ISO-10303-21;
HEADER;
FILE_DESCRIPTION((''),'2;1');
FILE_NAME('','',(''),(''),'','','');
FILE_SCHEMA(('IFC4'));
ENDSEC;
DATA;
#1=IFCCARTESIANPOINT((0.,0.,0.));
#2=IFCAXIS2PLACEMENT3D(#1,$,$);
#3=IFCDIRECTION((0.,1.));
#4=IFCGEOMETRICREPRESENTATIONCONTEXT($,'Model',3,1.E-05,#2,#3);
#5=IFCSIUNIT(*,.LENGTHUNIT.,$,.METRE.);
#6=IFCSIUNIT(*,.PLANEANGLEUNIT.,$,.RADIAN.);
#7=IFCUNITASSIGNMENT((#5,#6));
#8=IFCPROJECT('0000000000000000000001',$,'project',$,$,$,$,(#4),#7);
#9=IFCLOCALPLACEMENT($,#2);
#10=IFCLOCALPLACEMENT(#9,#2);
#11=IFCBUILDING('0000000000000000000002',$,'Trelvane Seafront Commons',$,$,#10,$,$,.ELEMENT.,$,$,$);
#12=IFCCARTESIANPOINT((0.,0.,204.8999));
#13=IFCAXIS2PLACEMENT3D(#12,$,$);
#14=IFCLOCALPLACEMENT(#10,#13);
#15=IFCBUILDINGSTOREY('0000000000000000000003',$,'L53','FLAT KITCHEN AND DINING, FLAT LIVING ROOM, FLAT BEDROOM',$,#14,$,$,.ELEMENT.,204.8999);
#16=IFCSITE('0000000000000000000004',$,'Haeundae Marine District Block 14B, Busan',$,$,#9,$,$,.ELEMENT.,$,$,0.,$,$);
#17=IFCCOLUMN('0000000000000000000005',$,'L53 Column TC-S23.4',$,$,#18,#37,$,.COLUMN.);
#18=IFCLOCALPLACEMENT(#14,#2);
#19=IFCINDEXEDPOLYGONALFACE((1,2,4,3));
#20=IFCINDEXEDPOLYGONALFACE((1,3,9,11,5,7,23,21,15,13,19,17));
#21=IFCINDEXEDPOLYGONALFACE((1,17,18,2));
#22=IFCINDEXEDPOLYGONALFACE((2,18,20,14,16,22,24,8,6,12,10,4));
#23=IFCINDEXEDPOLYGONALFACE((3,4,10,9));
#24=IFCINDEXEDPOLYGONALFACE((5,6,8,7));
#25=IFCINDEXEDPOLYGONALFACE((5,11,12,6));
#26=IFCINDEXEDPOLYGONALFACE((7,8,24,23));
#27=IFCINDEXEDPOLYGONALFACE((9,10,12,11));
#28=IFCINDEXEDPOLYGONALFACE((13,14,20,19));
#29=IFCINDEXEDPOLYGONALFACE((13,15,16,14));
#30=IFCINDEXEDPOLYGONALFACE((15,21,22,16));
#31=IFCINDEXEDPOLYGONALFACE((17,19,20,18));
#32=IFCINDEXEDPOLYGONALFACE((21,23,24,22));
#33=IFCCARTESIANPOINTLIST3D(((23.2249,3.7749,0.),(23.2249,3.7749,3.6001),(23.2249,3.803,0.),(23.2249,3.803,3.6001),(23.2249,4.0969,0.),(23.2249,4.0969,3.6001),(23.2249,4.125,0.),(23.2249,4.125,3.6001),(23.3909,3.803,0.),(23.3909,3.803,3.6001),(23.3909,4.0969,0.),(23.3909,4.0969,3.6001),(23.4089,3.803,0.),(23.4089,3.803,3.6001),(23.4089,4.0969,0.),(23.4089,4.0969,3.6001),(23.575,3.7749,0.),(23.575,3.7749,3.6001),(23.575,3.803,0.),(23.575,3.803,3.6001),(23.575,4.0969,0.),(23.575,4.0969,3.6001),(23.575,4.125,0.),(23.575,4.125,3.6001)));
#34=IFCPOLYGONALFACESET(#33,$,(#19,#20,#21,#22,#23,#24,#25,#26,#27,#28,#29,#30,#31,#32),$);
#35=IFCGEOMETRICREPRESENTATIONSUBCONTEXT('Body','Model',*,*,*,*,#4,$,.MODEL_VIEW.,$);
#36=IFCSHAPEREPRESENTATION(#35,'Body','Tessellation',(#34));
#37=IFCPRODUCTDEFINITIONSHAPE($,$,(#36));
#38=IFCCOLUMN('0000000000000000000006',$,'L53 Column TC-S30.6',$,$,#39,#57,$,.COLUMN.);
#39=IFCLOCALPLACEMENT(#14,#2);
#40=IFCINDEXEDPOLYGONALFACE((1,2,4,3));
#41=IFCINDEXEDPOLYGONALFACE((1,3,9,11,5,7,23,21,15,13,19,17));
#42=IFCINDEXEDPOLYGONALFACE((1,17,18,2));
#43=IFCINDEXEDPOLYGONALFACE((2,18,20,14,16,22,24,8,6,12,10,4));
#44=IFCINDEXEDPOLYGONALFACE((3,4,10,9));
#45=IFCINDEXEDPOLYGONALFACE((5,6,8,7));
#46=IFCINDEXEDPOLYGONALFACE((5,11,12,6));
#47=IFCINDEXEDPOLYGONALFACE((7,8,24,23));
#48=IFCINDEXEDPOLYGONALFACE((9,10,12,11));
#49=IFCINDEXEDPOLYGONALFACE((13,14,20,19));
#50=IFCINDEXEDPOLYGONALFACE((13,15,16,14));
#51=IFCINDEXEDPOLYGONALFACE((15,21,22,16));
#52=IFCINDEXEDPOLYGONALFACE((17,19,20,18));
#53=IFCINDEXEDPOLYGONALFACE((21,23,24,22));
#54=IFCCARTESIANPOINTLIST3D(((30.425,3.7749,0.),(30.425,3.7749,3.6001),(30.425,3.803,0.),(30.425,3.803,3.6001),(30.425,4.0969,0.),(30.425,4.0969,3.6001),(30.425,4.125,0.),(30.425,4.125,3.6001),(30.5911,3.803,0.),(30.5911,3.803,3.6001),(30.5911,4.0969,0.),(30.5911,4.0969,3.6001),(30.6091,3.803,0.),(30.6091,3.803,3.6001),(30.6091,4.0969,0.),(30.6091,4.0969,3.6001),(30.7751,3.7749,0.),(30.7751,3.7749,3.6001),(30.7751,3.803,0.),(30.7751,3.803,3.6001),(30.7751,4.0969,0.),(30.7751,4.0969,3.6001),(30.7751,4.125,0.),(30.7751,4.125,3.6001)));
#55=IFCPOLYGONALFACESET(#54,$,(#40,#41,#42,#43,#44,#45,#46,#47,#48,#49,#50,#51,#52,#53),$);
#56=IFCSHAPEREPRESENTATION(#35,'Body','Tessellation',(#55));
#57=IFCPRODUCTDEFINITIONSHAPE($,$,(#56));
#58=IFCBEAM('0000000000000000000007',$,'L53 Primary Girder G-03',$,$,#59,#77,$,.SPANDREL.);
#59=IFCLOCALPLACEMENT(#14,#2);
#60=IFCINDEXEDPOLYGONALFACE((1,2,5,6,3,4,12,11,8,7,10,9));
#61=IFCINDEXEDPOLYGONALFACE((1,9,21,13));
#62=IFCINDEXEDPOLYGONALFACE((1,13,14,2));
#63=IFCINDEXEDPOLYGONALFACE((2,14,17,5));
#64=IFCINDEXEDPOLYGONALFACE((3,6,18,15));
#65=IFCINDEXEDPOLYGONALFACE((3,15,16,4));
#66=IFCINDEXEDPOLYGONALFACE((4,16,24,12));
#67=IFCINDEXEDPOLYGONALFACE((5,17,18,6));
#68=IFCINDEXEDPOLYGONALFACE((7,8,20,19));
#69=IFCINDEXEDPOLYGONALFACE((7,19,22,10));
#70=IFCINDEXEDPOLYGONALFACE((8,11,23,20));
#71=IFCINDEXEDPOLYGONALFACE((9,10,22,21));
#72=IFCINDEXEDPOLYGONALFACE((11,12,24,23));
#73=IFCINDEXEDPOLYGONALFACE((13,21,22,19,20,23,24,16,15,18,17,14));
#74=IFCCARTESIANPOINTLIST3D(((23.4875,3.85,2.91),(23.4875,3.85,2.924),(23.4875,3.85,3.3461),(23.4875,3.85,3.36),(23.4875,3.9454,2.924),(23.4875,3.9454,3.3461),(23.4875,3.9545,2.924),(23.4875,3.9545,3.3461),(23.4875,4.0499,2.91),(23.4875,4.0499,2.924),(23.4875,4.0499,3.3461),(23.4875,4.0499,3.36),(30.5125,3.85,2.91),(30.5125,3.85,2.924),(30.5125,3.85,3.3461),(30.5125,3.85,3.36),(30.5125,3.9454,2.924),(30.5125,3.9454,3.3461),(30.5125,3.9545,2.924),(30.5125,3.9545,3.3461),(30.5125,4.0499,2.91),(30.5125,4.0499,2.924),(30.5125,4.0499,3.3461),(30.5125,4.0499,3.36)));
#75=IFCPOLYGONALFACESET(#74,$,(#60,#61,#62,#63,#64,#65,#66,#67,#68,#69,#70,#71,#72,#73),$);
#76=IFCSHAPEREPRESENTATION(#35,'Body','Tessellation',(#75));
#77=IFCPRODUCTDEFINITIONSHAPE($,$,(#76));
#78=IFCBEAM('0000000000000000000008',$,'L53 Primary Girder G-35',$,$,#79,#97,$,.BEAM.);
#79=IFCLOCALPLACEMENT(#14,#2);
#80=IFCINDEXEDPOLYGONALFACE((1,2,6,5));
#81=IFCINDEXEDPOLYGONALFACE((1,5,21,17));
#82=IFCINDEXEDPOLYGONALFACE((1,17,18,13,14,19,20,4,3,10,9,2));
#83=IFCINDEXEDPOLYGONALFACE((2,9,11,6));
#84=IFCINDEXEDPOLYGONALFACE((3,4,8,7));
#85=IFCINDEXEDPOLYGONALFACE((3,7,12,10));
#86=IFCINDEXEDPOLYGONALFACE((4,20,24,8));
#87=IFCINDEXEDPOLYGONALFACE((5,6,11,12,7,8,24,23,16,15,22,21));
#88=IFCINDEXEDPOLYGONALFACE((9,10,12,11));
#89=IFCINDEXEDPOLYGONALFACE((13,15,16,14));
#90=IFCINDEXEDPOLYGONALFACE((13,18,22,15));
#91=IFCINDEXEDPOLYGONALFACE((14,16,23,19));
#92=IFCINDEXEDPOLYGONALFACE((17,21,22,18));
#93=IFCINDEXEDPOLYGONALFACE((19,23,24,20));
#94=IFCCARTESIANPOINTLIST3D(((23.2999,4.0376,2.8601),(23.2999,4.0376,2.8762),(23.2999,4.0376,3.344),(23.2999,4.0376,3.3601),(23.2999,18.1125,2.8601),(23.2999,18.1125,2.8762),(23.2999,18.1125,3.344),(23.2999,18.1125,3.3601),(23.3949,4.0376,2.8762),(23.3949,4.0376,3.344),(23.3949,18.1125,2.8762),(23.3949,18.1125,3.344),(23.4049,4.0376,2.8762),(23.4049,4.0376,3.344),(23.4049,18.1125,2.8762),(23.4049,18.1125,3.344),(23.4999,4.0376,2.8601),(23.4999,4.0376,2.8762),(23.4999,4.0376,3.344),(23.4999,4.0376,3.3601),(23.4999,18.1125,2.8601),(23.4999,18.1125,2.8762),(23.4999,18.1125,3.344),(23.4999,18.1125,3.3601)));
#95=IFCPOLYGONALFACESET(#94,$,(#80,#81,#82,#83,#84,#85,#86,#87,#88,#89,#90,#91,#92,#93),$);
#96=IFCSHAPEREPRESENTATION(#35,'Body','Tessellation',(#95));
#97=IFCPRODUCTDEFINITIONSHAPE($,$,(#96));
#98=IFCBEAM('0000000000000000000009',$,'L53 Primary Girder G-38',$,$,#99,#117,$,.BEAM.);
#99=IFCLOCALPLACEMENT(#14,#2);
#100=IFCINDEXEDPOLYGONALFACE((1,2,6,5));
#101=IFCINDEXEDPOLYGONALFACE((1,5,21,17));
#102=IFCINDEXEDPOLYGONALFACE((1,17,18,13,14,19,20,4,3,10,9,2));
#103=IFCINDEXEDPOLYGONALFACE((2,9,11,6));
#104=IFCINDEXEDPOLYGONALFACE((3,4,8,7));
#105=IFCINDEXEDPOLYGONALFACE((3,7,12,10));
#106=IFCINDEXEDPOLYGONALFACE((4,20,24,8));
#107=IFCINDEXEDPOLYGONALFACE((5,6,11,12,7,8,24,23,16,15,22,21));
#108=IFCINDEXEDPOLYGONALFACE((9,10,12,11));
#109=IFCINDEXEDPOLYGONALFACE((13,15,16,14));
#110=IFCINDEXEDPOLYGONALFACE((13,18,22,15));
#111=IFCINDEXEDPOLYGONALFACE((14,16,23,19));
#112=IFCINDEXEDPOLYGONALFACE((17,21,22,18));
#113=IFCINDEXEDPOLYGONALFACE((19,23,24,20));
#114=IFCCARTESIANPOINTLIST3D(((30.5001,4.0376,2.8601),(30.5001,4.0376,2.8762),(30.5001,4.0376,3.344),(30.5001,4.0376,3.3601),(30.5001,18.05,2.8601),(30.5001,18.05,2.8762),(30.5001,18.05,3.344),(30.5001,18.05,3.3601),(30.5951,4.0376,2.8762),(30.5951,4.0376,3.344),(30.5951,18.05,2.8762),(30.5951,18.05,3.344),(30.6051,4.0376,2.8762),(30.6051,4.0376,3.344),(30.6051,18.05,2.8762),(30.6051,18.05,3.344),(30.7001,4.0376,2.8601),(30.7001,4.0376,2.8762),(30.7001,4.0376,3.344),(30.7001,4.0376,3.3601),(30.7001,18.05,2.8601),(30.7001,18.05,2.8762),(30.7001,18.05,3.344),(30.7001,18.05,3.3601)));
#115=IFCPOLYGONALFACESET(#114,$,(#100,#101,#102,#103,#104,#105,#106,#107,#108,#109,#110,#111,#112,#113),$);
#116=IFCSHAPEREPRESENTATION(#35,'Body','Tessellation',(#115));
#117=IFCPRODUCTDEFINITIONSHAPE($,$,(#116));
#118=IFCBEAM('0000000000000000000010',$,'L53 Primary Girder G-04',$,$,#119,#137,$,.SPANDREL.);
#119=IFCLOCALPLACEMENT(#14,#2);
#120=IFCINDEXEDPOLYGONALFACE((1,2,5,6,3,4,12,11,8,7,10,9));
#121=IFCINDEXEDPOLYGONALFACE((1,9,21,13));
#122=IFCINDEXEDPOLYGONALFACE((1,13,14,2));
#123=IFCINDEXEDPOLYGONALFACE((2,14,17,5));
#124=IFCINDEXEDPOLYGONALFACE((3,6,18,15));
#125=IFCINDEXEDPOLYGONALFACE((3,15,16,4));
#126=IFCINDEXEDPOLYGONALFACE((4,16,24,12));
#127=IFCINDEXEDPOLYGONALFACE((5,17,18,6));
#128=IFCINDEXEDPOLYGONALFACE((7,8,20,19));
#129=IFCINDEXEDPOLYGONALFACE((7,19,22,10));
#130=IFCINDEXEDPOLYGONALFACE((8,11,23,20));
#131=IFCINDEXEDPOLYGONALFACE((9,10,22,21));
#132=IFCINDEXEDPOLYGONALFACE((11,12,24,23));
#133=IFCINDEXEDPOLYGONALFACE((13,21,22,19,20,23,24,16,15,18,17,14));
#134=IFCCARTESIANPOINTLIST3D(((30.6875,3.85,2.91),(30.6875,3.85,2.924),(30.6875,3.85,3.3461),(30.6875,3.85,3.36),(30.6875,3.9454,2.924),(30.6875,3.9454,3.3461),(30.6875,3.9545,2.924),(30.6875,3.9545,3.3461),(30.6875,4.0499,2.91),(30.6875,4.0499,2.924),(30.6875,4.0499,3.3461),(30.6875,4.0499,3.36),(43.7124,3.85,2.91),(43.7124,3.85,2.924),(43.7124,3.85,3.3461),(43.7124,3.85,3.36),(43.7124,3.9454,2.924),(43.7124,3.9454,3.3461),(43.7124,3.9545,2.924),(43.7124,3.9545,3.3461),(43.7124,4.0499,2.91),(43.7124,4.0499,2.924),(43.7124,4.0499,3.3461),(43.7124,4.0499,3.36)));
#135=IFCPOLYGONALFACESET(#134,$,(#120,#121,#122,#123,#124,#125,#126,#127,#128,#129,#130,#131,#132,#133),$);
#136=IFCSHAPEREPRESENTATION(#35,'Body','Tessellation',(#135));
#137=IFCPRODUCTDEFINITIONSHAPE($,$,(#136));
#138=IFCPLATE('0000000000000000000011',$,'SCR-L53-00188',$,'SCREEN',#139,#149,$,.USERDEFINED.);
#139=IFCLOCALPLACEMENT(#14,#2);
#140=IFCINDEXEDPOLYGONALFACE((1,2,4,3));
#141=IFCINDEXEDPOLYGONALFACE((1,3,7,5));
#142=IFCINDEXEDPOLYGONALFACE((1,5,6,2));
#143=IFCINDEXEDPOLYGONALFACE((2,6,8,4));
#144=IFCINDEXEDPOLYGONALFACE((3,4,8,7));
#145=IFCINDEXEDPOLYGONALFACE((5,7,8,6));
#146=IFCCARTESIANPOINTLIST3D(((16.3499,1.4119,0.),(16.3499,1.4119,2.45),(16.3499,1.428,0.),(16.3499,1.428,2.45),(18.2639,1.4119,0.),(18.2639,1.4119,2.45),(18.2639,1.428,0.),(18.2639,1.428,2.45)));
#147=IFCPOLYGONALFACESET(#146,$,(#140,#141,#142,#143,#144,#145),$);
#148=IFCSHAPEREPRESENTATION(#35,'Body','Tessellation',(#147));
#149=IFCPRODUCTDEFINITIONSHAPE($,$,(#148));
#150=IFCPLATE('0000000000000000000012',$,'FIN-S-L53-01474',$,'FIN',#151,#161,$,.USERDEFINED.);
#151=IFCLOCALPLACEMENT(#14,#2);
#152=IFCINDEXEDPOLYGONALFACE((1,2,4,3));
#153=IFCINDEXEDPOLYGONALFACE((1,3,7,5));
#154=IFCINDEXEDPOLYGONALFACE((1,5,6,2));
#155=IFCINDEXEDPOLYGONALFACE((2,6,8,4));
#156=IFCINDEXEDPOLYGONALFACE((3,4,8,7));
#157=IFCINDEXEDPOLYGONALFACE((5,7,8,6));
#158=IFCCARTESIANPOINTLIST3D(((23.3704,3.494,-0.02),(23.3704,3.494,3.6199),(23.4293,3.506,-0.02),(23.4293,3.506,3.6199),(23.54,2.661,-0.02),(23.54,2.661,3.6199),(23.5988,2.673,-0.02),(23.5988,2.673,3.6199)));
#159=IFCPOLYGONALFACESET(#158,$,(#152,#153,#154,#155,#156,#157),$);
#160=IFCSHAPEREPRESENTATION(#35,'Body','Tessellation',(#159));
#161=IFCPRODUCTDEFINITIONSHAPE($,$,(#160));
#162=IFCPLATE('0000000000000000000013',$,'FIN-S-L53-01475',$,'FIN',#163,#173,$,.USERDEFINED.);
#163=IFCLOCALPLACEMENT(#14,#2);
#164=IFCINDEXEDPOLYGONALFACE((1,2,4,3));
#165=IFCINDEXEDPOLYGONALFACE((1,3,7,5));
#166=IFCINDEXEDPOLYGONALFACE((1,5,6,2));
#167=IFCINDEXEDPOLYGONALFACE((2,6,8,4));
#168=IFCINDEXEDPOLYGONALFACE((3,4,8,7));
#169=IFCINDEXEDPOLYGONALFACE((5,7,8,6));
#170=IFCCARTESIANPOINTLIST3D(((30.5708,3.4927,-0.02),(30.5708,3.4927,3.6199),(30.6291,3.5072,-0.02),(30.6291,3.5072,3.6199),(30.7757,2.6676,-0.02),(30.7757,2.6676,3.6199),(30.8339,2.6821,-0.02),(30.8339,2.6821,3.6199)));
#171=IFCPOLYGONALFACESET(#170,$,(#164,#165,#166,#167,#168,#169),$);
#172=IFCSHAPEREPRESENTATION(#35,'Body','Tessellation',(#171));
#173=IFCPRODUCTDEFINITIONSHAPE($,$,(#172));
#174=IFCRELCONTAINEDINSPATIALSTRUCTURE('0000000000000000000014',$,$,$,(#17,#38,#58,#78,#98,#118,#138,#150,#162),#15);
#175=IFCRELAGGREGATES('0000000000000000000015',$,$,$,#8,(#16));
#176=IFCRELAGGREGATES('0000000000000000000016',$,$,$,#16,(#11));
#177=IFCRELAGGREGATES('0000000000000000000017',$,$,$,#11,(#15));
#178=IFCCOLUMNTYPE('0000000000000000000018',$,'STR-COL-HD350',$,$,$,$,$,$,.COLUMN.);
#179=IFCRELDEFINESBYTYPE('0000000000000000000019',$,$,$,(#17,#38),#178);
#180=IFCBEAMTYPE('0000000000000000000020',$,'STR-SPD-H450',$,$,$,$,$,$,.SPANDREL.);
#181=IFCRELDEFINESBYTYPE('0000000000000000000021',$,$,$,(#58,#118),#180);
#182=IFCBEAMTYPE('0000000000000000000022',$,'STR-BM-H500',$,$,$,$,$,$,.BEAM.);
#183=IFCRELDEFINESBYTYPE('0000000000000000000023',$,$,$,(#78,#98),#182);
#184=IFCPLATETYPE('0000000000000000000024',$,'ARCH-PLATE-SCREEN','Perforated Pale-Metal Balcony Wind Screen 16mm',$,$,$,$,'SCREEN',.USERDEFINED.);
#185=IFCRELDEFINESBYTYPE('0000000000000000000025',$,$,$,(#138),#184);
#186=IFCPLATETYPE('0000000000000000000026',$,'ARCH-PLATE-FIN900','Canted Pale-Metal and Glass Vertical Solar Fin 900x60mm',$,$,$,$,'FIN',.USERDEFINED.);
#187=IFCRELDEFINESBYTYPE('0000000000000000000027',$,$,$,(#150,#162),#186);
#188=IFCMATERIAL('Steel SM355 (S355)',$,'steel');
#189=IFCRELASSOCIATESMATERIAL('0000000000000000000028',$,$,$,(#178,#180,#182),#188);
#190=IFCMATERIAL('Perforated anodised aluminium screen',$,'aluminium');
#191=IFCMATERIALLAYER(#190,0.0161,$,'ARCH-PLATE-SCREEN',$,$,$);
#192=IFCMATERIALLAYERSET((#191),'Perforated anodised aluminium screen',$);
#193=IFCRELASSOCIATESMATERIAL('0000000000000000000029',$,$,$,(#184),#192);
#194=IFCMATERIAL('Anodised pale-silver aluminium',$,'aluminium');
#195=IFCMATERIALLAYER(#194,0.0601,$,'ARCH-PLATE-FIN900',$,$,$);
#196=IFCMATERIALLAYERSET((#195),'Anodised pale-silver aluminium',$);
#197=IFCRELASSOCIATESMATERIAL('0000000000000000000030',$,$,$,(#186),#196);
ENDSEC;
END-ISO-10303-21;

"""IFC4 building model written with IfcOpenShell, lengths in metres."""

from ifc_helpers import new_model, si_unit, direction, frame, origin, origin_2d, place, context, subcontext, project, spatial, rectangle, i_section, extrude, source, transform, mapped, material, layer, layer_set, material_profile, profile_set, type_object, element, save


model = new_model("IFC4")

# Units and contexts
model_context = context("Model", 3, precision=1e-05, world=origin(), true_north=direction((0.0, 1.0)))
body_context = subcontext(model_context, "Body", "Model", "MODEL_VIEW")
ifc_project = project(units=[si_unit("LENGTHUNIT", "METRE"), si_unit("PLANEANGLEUNIT", "RADIAN")], contexts=[model_context])

# Site, building, storey
site_placement = place(None, origin())
site = spatial("IfcSite", under=ifc_project, at=site_placement, Name="Haeundae Marine District Block 14B, Busan", CompositionType="ELEMENT", RefElevation=0.0)
building_placement = place(site_placement, origin())
building = spatial("IfcBuilding", under=site, at=building_placement, Name="Trelvane Seafront Commons", CompositionType="ELEMENT")
storey_placement = place(building_placement, frame((0.0, 0.0, 204.8999)))
storey = spatial("IfcBuildingStorey", under=building, at=storey_placement, Name="L53", Description="FLAT KITCHEN AND DINING, FLAT LIVING ROOM, FLAT BEDROOM", CompositionType="ELEMENT", Elevation=204.8999)

# Columns
ifc_material_1 = material(Name="Steel SM355 (S355)", Category="steel")
ifc_material_profile_1 = material_profile(ifc_material_1, i_section(OverallWidth=0.3501, OverallDepth=0.3501, WebThickness=0.0181, FlangeThickness=0.0281, at=origin_2d()), Name="HD-350x350x18x28")
ifc_profile_set_1 = profile_set([ifc_material_profile_1], Name="Steel SM355 (S355)")
column_type = type_object("IfcColumnType", Name="STR-COL-HD350", PredefinedType="COLUMN", material=ifc_profile_set_1)
shared_shape_1 = source(origin(), body_context, "Body", "SweptSolid", [
    extrude(i_section(OverallWidth=0.3501, OverallDepth=0.3501, WebThickness=0.0181, FlangeThickness=0.0281, at=origin_2d()), origin(), (0.0, 0.0, 1.0), 3.6001),
])
for number, where, z_axis, x_axis, name in (
    (1, (23.3999, 3.95, 0.0), (0.0, 0.0, 1.0), (1.0, 0.0, 0.0), "L53 Column TC-S23.4"),
    (2, (30.6001, 3.95, 0.0), (0.0, 0.0, 1.0), (1.0, 0.0, 0.0), "L53 Column TC-S30.6"),
):
    element("IfcColumn", number, at=place(storey_placement, frame(where, z_axis=z_axis, x_axis=x_axis)), inside=storey, type_object=column_type, Name=name, PredefinedType="COLUMN", context=body_context, shape_type="MappedRepresentation", body=[
        mapped(shared_shape_1, transform((0.0, 0.0, 0.0), x_axis=(1.0, 0.0, 0.0), y_axis=(0.0, 1.0, 0.0), z_axis=(0.0, 0.0, 1.0), scale=1.0)),
    ])

# Beams
ifc_material_profile_2 = material_profile(ifc_material_1, i_section(OverallWidth=0.2, OverallDepth=0.45, WebThickness=0.009, FlangeThickness=0.0139, at=origin_2d()), Name="H-450x200x9x14")
ifc_profile_set_2 = profile_set([ifc_material_profile_2], Name="Steel SM355 (S355)")
beam_type_1 = type_object("IfcBeamType", Name="STR-SPD-H450", PredefinedType="SPANDREL", material=ifc_profile_set_2)
shared_shape_2 = source(origin(), body_context, "Body", "SweptSolid", [
    extrude(i_section(OverallWidth=0.2, OverallDepth=0.45, WebThickness=0.009, FlangeThickness=0.0139, at=origin_2d()), origin(), (0.0, 0.0, 1.0), 7.0249),
])
beam_1_placement = place(storey_placement, frame((23.4875, 3.95, 3.135), z_axis=(1.0, 0.0, 0.0), x_axis=(0.0, 1.0, 0.0)))
element("IfcBeam", 3, at=beam_1_placement, inside=storey, type_object=beam_type_1, Name="L53 Primary Girder G-03", PredefinedType="SPANDREL", context=body_context, shape_type="MappedRepresentation", body=[
    mapped(shared_shape_2, transform((0.0, 0.0, 0.0), x_axis=(1.0, 0.0, 0.0), y_axis=(0.0, 1.0, 0.0), z_axis=(0.0, 0.0, 1.0), scale=1.0)),
])
ifc_material_profile_3 = material_profile(ifc_material_1, i_section(OverallWidth=0.2, OverallDepth=0.5, WebThickness=0.01, FlangeThickness=0.0161, at=origin_2d()), Name="H-500x200x10x16")
ifc_profile_set_3 = profile_set([ifc_material_profile_3], Name="Steel SM355 (S355)")
beam_type_2 = type_object("IfcBeamType", Name="STR-BM-H500", PredefinedType="BEAM", material=ifc_profile_set_3)
shared_shape_3 = source(origin(), body_context, "Body", "SweptSolid", [
    extrude(i_section(OverallWidth=0.2, OverallDepth=0.5, WebThickness=0.01, FlangeThickness=0.0161, at=origin_2d()), origin(), (0.0, 0.0, 1.0), 14.075),
])
beam_2_placement = place(storey_placement, frame((23.3999, 4.0376, 3.1101), z_axis=(0.0, 1.0, 0.0), x_axis=(-1.0, 0.0, 0.0)))
element("IfcBeam", 4, at=beam_2_placement, inside=storey, type_object=beam_type_2, Name="L53 Primary Girder G-35", PredefinedType="BEAM", context=body_context, shape_type="MappedRepresentation", body=[
    mapped(shared_shape_3, transform((0.0, 0.0, 0.0), x_axis=(1.0, 0.0, 0.0), y_axis=(0.0, 1.0, 0.0), z_axis=(0.0, 0.0, 1.0), scale=1.0)),
])
shared_shape_4 = source(origin(), body_context, "Body", "SweptSolid", [
    extrude(i_section(OverallWidth=0.2, OverallDepth=0.5, WebThickness=0.01, FlangeThickness=0.0161, at=origin_2d()), origin(), (0.0, 0.0, 1.0), 14.0125),
])
beam_3_placement = place(storey_placement, frame((30.6001, 4.0376, 3.1101), z_axis=(0.0, 1.0, 0.0), x_axis=(-1.0, 0.0, 0.0)))
element("IfcBeam", 5, at=beam_3_placement, inside=storey, type_object=beam_type_2, Name="L53 Primary Girder G-38", PredefinedType="BEAM", context=body_context, shape_type="MappedRepresentation", body=[
    mapped(shared_shape_4, transform((0.0, 0.0, 0.0), x_axis=(1.0, 0.0, 0.0), y_axis=(0.0, 1.0, 0.0), z_axis=(0.0, 0.0, 1.0), scale=1.0)),
])
shared_shape_5 = source(origin(), body_context, "Body", "SweptSolid", [
    extrude(i_section(OverallWidth=0.2, OverallDepth=0.45, WebThickness=0.009, FlangeThickness=0.0139, at=origin_2d()), origin(), (0.0, 0.0, 1.0), 13.0249),
])
beam_4_placement = place(storey_placement, frame((30.6875, 3.95, 3.135), z_axis=(1.0, 0.0, 0.0), x_axis=(0.0, 1.0, 0.0)))
element("IfcBeam", 6, at=beam_4_placement, inside=storey, type_object=beam_type_1, Name="L53 Primary Girder G-04", PredefinedType="SPANDREL", context=body_context, shape_type="MappedRepresentation", body=[
    mapped(shared_shape_5, transform((0.0, 0.0, 0.0), x_axis=(1.0, 0.0, 0.0), y_axis=(0.0, 1.0, 0.0), z_axis=(0.0, 0.0, 1.0), scale=1.0)),
])

# Plates
ifc_material_2 = material(Name="Perforated anodised aluminium screen", Category="aluminium")
ifc_layer_1 = layer(ifc_material_2, 0.0161, Name="ARCH-PLATE-SCREEN")
ifc_layer_set_1 = layer_set([ifc_layer_1], Name="Perforated anodised aluminium screen")
plate_type_1 = type_object("IfcPlateType", Name="ARCH-PLATE-SCREEN", Description="Perforated Pale-Metal Balcony Wind Screen 16mm", ElementType="SCREEN", PredefinedType="USERDEFINED", material=ifc_layer_set_1)
shared_shape_6 = source(origin(), body_context, "Body", "SweptSolid", [
    extrude(rectangle(XDim=1.9141, YDim=0.0161, at=origin_2d()), origin(), (0.0, 0.0, 1.0), 2.45),
])
plate_placement = place(storey_placement, frame((17.3069, 1.4199, 0.0), z_axis=(0.0, 0.0, 1.0), x_axis=(1.0, 0.0, 0.0)))
element("IfcPlate", 7, at=plate_placement, inside=storey, type_object=plate_type_1, Name="SCR-L53-00188", ObjectType="SCREEN", PredefinedType="USERDEFINED", context=body_context, shape_type="MappedRepresentation", body=[
    mapped(shared_shape_6, transform((0.0, 0.0, 0.0), x_axis=(1.0, 0.0, 0.0), y_axis=(0.0, 1.0, 0.0), z_axis=(0.0, 0.0, 1.0), scale=1.0)),
])
ifc_material_3 = material(Name="Anodised pale-silver aluminium", Category="aluminium")
ifc_layer_2 = layer(ifc_material_3, 0.0601, Name="ARCH-PLATE-FIN900")
ifc_layer_set_2 = layer_set([ifc_layer_2], Name="Anodised pale-silver aluminium")
plate_type_2 = type_object("IfcPlateType", Name="ARCH-PLATE-FIN900", Description="Canted Pale-Metal and Glass Vertical Solar Fin 900x60mm", ElementType="FIN", PredefinedType="USERDEFINED", material=ifc_layer_set_2)
shared_shape_7 = source(origin(), body_context, "Body", "SweptSolid", [
    extrude(rectangle(XDim=0.8501, YDim=0.0601, at=origin_2d()), origin(), (0.0, 0.0, 1.0), 3.6399),
])
for number, where, z_axis, x_axis, name in (
    (8, (23.4846, 3.0835, -0.02), (0.0, 0.0, 1.0), (0.199418, -0.979915, 0.0), "FIN-S-L53-01474"),
    (9, (30.7024, 3.0874, -0.02), (0.0, 0.0, 1.0), (0.240929, -0.970543, 0.0), "FIN-S-L53-01475"),
):
    element("IfcPlate", number, at=place(storey_placement, frame(where, z_axis=z_axis, x_axis=x_axis)), inside=storey, type_object=plate_type_2, Name=name, ObjectType="FIN", PredefinedType="USERDEFINED", context=body_context, shape_type="MappedRepresentation", body=[
        mapped(shared_shape_7, transform((0.0, 0.0, 0.0), x_axis=(1.0, 0.0, 0.0), y_axis=(0.0, 1.0, 0.0), z_axis=(0.0, 0.0, 1.0), scale=1.0)),
    ])

save(model, "model.ifc")
